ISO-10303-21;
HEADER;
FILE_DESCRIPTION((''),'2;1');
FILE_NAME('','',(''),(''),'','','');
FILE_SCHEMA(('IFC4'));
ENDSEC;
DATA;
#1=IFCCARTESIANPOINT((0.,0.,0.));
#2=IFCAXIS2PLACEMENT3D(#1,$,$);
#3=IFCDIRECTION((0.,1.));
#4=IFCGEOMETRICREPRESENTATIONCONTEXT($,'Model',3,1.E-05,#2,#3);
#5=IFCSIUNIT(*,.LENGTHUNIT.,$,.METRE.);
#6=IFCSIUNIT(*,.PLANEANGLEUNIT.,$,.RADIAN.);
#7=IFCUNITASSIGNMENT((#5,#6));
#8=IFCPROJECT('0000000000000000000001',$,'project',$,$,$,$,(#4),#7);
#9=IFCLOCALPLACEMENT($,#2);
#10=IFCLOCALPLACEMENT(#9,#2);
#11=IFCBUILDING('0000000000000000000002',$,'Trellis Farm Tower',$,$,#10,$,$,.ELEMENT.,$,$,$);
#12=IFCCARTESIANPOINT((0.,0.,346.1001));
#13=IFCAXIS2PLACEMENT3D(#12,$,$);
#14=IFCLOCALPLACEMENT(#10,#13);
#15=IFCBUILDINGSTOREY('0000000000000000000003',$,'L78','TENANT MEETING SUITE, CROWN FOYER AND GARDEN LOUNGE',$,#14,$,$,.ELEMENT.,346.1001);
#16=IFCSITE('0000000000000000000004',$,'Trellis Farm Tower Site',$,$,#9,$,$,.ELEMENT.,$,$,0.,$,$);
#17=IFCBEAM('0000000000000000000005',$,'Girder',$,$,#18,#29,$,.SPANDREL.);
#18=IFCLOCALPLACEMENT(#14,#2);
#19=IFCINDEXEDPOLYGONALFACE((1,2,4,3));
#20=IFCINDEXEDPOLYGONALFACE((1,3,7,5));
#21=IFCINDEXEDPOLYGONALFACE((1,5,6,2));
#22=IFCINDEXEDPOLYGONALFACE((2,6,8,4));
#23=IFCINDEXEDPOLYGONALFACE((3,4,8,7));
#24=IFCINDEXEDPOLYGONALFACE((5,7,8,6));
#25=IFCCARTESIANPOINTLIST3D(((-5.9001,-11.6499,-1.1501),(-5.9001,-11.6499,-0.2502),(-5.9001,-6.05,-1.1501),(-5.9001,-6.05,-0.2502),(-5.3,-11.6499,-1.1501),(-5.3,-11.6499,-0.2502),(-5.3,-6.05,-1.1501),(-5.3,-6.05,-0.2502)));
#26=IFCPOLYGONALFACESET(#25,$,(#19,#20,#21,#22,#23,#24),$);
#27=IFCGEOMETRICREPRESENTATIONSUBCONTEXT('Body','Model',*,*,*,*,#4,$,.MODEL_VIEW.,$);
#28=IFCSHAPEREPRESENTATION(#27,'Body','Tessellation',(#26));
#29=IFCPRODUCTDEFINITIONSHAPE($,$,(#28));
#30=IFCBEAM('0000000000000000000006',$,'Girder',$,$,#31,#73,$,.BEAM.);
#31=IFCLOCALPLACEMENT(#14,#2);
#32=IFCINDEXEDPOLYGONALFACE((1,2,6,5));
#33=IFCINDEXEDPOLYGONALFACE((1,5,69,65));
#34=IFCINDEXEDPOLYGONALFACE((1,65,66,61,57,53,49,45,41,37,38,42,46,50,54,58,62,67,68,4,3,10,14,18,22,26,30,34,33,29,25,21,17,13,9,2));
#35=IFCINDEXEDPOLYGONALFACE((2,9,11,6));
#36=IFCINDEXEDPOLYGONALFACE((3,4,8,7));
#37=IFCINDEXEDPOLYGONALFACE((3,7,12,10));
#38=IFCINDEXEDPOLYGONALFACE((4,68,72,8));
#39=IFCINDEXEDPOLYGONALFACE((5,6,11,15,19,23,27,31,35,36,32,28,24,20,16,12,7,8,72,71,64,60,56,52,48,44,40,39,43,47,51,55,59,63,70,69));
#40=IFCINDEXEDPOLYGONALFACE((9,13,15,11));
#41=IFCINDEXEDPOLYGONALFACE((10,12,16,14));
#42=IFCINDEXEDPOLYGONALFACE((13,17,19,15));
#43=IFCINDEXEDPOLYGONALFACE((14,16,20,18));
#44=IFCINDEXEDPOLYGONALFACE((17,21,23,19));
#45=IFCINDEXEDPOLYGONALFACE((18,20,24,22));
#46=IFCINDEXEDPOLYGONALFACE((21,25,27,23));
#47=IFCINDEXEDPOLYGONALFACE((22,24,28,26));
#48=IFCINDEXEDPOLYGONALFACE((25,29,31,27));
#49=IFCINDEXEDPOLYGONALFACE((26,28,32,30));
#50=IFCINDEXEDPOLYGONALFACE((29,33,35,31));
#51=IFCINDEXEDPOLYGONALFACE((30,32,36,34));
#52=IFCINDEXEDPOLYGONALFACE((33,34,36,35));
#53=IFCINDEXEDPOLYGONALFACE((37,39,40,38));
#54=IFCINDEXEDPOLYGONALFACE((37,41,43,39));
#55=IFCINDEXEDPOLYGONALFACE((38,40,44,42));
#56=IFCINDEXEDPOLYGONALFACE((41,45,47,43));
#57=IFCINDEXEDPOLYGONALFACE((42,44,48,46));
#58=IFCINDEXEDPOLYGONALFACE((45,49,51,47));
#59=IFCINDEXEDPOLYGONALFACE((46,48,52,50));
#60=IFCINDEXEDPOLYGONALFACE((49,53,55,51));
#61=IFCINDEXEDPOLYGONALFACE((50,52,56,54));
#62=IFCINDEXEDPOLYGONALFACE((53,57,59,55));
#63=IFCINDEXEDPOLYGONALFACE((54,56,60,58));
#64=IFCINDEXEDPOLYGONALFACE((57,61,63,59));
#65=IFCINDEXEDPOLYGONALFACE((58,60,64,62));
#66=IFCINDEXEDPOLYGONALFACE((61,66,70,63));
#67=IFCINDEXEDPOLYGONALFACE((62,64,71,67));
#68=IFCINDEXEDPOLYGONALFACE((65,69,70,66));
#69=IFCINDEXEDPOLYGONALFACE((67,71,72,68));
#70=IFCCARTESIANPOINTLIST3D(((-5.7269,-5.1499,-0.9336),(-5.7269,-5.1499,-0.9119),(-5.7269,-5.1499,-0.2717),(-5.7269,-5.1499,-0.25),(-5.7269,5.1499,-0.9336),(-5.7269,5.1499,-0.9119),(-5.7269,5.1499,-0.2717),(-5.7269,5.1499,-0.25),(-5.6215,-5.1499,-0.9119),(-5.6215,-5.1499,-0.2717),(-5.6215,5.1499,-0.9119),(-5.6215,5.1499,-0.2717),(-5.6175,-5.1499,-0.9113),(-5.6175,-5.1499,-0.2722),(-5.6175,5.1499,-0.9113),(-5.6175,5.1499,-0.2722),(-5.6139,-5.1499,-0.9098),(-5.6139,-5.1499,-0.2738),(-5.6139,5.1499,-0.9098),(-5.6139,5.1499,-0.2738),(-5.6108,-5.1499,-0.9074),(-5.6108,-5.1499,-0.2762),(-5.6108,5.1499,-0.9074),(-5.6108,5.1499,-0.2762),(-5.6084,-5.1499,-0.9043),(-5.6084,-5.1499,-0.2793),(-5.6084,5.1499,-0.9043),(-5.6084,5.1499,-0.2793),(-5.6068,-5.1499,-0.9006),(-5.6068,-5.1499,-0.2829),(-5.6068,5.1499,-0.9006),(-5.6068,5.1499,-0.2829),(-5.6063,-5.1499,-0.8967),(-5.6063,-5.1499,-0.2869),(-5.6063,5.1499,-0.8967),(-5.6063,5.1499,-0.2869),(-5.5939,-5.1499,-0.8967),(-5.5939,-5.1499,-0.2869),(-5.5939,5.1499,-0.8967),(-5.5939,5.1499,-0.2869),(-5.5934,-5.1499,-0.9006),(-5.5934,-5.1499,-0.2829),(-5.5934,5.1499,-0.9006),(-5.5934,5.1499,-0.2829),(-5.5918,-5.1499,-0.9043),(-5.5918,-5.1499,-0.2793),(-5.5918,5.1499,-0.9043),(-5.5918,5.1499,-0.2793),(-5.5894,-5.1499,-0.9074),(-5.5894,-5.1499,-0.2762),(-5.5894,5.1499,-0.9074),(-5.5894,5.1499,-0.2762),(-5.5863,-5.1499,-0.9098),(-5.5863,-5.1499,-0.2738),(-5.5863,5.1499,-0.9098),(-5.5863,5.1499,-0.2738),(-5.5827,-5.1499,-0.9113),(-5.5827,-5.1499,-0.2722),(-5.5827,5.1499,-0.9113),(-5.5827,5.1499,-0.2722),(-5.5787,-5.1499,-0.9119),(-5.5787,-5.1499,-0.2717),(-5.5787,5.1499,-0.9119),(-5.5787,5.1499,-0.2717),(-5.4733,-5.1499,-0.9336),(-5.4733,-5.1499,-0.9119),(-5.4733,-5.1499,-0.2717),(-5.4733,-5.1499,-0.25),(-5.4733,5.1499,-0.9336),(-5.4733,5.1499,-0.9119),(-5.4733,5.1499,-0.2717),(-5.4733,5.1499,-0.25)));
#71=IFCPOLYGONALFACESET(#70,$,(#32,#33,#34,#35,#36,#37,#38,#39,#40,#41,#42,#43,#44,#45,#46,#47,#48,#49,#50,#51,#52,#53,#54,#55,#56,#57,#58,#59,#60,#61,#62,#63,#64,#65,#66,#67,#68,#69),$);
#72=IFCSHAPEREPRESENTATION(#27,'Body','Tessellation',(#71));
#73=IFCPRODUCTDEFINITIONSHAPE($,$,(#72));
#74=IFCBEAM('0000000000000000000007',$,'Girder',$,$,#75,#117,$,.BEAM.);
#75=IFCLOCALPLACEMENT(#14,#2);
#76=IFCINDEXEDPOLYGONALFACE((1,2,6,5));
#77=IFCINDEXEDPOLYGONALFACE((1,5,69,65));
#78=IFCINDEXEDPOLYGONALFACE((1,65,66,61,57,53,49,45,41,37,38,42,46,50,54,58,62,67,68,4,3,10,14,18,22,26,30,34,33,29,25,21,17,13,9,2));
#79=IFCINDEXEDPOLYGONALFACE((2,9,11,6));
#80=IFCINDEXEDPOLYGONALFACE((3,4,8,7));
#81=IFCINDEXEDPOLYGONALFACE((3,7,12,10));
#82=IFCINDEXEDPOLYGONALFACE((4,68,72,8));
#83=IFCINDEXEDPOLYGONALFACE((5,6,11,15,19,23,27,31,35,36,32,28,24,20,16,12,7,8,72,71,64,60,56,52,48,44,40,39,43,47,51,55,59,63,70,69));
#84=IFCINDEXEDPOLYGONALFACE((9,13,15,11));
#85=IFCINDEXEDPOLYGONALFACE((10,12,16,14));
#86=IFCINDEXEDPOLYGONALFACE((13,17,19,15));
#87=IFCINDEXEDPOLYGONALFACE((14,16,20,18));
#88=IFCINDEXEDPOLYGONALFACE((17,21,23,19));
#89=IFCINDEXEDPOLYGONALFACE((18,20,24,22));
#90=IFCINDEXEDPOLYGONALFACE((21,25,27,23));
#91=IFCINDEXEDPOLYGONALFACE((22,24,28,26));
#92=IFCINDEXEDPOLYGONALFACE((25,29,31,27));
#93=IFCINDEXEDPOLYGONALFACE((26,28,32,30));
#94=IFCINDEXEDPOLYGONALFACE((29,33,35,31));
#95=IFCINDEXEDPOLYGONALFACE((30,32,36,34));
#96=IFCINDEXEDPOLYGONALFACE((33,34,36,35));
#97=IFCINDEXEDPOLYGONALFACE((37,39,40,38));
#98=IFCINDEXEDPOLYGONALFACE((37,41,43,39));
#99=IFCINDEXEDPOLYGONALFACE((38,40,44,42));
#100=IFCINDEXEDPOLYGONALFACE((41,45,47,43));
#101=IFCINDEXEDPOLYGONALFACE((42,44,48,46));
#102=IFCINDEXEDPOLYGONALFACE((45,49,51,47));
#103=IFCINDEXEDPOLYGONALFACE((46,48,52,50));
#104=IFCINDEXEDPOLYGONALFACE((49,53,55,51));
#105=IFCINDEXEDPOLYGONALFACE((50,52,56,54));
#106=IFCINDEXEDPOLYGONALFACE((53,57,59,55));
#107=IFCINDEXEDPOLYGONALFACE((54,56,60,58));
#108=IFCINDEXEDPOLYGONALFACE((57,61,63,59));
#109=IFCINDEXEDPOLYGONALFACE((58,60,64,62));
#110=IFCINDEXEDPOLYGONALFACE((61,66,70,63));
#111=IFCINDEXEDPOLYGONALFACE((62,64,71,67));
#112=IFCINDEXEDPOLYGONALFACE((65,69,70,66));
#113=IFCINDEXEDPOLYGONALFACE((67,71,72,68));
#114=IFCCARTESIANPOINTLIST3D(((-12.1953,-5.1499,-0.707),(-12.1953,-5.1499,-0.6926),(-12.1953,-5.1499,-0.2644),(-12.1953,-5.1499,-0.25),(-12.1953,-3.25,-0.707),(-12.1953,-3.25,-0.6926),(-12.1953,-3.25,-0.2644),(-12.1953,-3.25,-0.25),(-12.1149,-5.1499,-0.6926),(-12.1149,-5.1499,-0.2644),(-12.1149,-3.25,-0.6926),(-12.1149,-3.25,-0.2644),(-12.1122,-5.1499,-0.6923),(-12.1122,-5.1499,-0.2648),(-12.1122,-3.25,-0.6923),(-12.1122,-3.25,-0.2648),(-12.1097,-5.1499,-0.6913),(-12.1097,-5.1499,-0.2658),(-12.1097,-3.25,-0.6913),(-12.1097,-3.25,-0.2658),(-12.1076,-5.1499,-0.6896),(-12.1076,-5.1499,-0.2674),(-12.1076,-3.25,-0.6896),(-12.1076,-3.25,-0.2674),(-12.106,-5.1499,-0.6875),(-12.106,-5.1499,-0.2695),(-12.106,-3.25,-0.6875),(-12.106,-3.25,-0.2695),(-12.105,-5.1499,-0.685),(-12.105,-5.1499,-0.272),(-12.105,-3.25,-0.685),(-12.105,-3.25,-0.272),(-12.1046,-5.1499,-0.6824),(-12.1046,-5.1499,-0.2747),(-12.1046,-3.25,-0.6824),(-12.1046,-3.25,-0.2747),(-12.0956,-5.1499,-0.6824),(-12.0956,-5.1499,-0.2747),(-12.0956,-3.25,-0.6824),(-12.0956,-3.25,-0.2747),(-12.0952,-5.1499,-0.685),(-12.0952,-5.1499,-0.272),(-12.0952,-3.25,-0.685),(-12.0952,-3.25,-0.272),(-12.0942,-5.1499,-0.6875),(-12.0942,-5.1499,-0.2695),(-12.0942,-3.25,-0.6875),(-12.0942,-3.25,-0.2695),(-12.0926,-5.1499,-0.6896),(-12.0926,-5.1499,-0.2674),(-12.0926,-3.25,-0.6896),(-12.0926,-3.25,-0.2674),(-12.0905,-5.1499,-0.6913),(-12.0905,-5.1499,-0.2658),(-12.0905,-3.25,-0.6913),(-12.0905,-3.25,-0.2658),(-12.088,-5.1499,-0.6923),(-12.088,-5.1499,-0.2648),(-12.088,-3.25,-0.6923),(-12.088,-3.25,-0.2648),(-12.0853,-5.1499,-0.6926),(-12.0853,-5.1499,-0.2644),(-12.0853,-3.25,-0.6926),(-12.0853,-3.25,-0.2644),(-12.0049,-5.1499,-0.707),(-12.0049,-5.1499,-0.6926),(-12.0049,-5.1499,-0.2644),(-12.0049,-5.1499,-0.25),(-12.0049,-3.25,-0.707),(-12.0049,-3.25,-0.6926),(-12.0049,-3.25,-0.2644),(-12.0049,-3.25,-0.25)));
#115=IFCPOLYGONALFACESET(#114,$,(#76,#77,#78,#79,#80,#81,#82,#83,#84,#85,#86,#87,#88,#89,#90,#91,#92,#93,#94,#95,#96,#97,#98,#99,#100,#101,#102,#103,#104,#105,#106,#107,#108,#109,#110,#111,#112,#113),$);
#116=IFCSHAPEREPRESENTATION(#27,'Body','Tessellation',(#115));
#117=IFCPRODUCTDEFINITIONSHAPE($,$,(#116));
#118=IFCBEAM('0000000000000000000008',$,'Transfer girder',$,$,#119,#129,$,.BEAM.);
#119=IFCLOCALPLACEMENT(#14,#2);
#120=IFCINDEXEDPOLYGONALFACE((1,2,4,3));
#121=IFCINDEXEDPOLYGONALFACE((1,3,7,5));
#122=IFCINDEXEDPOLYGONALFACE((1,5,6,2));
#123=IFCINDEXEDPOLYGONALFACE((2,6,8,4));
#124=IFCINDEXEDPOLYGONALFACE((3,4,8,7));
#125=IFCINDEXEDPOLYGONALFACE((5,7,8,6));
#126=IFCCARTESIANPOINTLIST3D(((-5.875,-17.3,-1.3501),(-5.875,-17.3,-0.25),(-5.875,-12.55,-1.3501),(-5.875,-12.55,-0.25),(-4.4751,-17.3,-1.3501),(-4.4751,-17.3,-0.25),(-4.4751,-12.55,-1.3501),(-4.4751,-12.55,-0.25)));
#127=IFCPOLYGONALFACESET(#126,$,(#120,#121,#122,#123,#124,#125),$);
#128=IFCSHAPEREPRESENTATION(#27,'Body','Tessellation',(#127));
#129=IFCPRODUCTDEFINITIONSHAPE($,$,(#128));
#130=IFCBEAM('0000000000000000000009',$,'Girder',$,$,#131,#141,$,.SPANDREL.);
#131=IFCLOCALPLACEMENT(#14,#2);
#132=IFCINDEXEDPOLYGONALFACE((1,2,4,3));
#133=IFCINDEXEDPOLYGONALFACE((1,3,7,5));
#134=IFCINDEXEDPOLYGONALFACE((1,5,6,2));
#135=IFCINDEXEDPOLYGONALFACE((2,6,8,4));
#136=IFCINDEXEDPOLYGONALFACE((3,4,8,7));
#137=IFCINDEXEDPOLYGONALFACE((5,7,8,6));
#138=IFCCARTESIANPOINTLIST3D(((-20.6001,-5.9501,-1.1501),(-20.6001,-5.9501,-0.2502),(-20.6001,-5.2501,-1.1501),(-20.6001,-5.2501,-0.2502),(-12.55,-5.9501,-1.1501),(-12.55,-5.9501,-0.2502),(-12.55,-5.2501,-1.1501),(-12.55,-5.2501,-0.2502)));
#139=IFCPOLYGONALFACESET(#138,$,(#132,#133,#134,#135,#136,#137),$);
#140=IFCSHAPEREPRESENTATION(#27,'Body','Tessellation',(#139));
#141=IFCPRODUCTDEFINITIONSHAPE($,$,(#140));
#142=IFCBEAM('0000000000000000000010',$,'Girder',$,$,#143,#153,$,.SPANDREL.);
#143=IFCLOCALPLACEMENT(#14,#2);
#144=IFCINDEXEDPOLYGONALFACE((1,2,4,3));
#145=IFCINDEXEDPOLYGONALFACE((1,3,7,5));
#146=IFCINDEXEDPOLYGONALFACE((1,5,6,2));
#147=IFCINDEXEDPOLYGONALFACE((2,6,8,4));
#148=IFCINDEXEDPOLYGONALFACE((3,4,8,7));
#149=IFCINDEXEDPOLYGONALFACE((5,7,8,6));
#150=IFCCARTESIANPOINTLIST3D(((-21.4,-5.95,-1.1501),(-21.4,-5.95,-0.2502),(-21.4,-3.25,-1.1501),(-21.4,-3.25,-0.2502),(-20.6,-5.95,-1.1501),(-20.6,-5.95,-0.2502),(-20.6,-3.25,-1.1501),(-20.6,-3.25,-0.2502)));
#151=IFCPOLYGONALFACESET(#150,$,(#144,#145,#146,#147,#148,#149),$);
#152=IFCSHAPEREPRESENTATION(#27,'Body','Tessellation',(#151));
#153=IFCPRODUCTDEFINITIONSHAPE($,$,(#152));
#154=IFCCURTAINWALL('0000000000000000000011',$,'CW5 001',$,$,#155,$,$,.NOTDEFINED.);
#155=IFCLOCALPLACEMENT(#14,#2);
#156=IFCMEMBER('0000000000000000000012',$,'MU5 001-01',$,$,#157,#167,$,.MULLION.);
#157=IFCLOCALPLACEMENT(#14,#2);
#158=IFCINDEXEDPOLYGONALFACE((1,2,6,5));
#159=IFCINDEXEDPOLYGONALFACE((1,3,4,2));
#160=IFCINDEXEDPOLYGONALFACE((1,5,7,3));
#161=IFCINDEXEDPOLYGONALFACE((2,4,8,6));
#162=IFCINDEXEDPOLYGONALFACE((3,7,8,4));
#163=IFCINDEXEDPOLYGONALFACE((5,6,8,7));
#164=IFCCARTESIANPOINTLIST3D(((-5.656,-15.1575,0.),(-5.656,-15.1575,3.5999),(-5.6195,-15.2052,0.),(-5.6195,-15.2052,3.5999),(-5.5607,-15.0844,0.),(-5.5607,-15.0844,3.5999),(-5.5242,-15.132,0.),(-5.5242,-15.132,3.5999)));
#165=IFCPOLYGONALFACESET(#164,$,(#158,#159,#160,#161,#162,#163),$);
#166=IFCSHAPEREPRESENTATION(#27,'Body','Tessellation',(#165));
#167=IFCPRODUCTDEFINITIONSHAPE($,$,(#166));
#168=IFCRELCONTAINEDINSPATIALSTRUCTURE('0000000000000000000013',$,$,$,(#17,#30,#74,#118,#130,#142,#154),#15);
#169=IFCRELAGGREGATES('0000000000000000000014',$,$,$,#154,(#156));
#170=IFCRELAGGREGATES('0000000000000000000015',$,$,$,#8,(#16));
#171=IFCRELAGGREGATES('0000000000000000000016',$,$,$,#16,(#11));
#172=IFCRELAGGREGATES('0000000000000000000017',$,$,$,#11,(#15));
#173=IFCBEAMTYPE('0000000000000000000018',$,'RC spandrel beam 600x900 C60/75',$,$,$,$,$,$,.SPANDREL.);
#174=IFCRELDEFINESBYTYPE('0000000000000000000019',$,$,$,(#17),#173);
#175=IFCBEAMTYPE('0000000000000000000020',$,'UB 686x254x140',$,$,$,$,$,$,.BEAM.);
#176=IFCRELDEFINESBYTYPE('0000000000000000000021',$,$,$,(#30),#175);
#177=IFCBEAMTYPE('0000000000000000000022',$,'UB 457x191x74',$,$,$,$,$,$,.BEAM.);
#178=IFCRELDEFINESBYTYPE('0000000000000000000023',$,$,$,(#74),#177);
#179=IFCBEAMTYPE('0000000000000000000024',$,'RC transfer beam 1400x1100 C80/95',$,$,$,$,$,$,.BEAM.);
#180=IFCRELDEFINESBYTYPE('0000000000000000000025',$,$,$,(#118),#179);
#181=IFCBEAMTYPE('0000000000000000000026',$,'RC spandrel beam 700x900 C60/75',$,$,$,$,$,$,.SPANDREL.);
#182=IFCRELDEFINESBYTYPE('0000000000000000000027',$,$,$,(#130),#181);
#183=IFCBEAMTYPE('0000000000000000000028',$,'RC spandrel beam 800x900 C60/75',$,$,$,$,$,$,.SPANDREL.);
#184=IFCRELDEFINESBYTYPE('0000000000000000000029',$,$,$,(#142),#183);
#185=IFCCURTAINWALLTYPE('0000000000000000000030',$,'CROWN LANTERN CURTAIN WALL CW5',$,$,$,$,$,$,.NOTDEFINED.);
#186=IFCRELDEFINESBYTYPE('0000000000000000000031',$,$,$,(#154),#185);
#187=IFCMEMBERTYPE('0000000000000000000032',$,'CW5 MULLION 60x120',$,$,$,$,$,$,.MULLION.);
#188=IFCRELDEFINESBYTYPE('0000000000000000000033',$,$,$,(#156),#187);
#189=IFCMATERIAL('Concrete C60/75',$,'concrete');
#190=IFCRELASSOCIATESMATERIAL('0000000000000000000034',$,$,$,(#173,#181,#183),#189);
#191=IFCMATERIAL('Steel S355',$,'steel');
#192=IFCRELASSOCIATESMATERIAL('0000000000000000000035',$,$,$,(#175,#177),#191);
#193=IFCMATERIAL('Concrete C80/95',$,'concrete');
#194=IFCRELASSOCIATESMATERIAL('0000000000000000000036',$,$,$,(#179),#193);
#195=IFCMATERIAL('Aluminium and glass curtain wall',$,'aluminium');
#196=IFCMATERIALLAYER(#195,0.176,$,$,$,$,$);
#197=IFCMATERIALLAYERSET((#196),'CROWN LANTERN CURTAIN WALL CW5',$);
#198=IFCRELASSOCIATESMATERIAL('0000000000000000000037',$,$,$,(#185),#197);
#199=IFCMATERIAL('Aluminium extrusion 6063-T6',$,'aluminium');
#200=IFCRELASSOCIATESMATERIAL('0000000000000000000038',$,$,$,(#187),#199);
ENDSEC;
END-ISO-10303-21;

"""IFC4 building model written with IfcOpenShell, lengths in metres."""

from ifc_helpers import new_model, si_unit, direction, frame, origin, origin_2d, place, context, subcontext, project, spatial, rectangle, i_section, extrude, source, transform, mapped, material, layer, layer_set, material_profile, profile_set, type_object, element, aggregate, save


model = new_model("IFC4")

# Units and contexts
model_context = context("Model", 3, precision=1e-05, world=origin(), true_north=direction((0.0, 1.0)))
body_context = subcontext(model_context, "Body", "Model", "MODEL_VIEW")
ifc_project = project(units=[si_unit("LENGTHUNIT", "METRE"), si_unit("PLANEANGLEUNIT", "RADIAN")], contexts=[model_context])

# Site, building, storey
site_placement = place(None, origin())
site = spatial("IfcSite", under=ifc_project, at=site_placement, Name="Trellis Farm Tower Site", CompositionType="ELEMENT", RefElevation=0.0)
building_placement = place(site_placement, origin())
building = spatial("IfcBuilding", under=site, at=building_placement, Name="Trellis Farm Tower", CompositionType="ELEMENT")
storey_placement = place(building_placement, frame((0.0, 0.0, 346.1001)))
storey = spatial("IfcBuildingStorey", under=building, at=storey_placement, Name="L78", Description="TENANT MEETING SUITE, CROWN FOYER AND GARDEN LOUNGE", CompositionType="ELEMENT", Elevation=346.1001)

# Beams
ifc_material_1 = material(Name="Steel S355", Category="steel")
ifc_material_2 = material(Name="Concrete C60/75", Category="concrete")
ifc_material_profile_1 = material_profile(ifc_material_2, rectangle(XDim=0.6001, YDim=0.8999, at=origin_2d()), Name="RC spandrel beam 600x900 C60/75")
ifc_profile_set_1 = profile_set([ifc_material_profile_1], Name="Concrete C60/75")
beam_type_1 = type_object("IfcBeamType", Name="RC spandrel beam 600x900 C60/75", PredefinedType="SPANDREL", material=ifc_profile_set_1)
shared_shape_1 = source(origin(), body_context, "Body", "SweptSolid", [
    extrude(rectangle(XDim=0.6001, YDim=0.8999, at=origin_2d()), origin(), (0.0, 0.0, 1.0), 5.5999),
])
for number, where, z_axis, x_axis, name in (
    (1, (-5.6001, -11.6499, -0.7002), (0.0, 1.0, 0.0), (-1.0, 0.0, 0.0), "Girder"),
):
    element("IfcBeam", number, at=place(storey_placement, frame(where, z_axis=z_axis, x_axis=x_axis)), inside=storey, type_object=beam_type_1, Name=name, PredefinedType="SPANDREL", context=body_context, shape_type="MappedRepresentation", body=[
        mapped(shared_shape_1, transform((0.0, 0.0, 0.0))),
    ])
ifc_material_profile_2 = material_profile(ifc_material_1, i_section(OverallWidth=0.2537, OverallDepth=0.6836, WebThickness=0.0125, FlangeThickness=0.0217, FilletRadius=0.0151, at=origin_2d()), Name="UB 686x254x140")
ifc_profile_set_2 = profile_set([ifc_material_profile_2], Name="Steel S355")
beam_type_2 = type_object("IfcBeamType", Name="UB 686x254x140", PredefinedType="BEAM", material=ifc_profile_set_2)
shared_shape_2 = source(origin(), body_context, "Body", "SweptSolid", [
    extrude(i_section(OverallWidth=0.2537, OverallDepth=0.6836, WebThickness=0.0125, FlangeThickness=0.0217, FilletRadius=0.0151, at=origin_2d()), origin(), (0.0, 0.0, 1.0), 10.2998),
])
beam_1_placement = place(storey_placement, frame((-5.6001, -5.1499, -0.5918), z_axis=(0.0, 1.0, 0.0), x_axis=(-1.0, 0.0, 0.0)))
element("IfcBeam", 2, at=beam_1_placement, inside=storey, type_object=beam_type_2, Name="Girder", PredefinedType="BEAM", context=body_context, shape_type="MappedRepresentation", body=[
    mapped(shared_shape_2, transform((0.0, 0.0, 0.0))),
])
ifc_material_profile_3 = material_profile(ifc_material_1, i_section(OverallWidth=0.1904, OverallDepth=0.457, WebThickness=0.009, FlangeThickness=0.0144, FilletRadius=0.0103, at=origin_2d()), Name="UB 457x191x74")
ifc_profile_set_3 = profile_set([ifc_material_profile_3], Name="Steel S355")
beam_type_3 = type_object("IfcBeamType", Name="UB 457x191x74", PredefinedType="BEAM", material=ifc_profile_set_3)
shared_shape_3 = source(origin(), body_context, "Body", "SweptSolid", [
    extrude(i_section(OverallWidth=0.1904, OverallDepth=0.457, WebThickness=0.009, FlangeThickness=0.0144, FilletRadius=0.0103, at=origin_2d()), origin(), (0.0, 0.0, 1.0), 1.8999),
])
beam_2_placement = place(storey_placement, frame((-12.1001, -5.1499, -0.4785), z_axis=(0.0, 1.0, 0.0), x_axis=(-1.0, 0.0, 0.0)))
element("IfcBeam", 3, at=beam_2_placement, inside=storey, type_object=beam_type_3, Name="Girder", PredefinedType="BEAM", context=body_context, shape_type="MappedRepresentation", body=[
    mapped(shared_shape_3, transform((0.0, 0.0, 0.0))),
])
ifc_material_3 = material(Name="Concrete C80/95", Category="concrete")
ifc_material_profile_4 = material_profile(ifc_material_3, rectangle(XDim=1.3999, YDim=1.1001, at=origin_2d()), Name="RC transfer beam 1400x1100 C80/95")
ifc_profile_set_4 = profile_set([ifc_material_profile_4], Name="Concrete C80/95")
beam_type_4 = type_object("IfcBeamType", Name="RC transfer beam 1400x1100 C80/95", PredefinedType="BEAM", material=ifc_profile_set_4)
shared_shape_4 = source(origin(), body_context, "Body", "SweptSolid", [
    extrude(rectangle(XDim=1.3999, YDim=1.1001, at=origin_2d()), origin(), (0.0, 0.0, 1.0), 4.75),
])
beam_3_placement = place(storey_placement, frame((-5.175, -17.3, -0.8), z_axis=(0.0, 1.0, 0.0), x_axis=(-1.0, 0.0, 0.0)))
element("IfcBeam", 4, at=beam_3_placement, inside=storey, type_object=beam_type_4, Name="Transfer girder", PredefinedType="BEAM", context=body_context, shape_type="MappedRepresentation", body=[
    mapped(shared_shape_4, transform((0.0, 0.0, 0.0))),
])
ifc_material_profile_5 = material_profile(ifc_material_2, rectangle(XDim=0.7, YDim=0.8999, at=origin_2d()), Name="RC spandrel beam 700x900 C60/75")
ifc_profile_set_5 = profile_set([ifc_material_profile_5], Name="Concrete C60/75")
beam_type_5 = type_object("IfcBeamType", Name="RC spandrel beam 700x900 C60/75", PredefinedType="SPANDREL", material=ifc_profile_set_5)
shared_shape_5 = source(origin(), body_context, "Body", "SweptSolid", [
    extrude(rectangle(XDim=0.7, YDim=0.8999, at=origin_2d()), origin(), (0.0, 0.0, 1.0), 8.05),
])
beam_4_placement = place(storey_placement, frame((-20.6001, -5.6001, -0.7002), z_axis=(1.0, 0.0, 0.0), x_axis=(0.0, 1.0, 0.0)))
element("IfcBeam", 5, at=beam_4_placement, inside=storey, type_object=beam_type_5, Name="Girder", PredefinedType="SPANDREL", context=body_context, shape_type="MappedRepresentation", body=[
    mapped(shared_shape_5, transform((0.0, 0.0, 0.0))),
])
ifc_material_profile_6 = material_profile(ifc_material_2, rectangle(XDim=0.8, YDim=0.8999, at=origin_2d()), Name="RC spandrel beam 800x900 C60/75")
ifc_profile_set_6 = profile_set([ifc_material_profile_6], Name="Concrete C60/75")
beam_type_6 = type_object("IfcBeamType", Name="RC spandrel beam 800x900 C60/75", PredefinedType="SPANDREL", material=ifc_profile_set_6)
shared_shape_6 = source(origin(), body_context, "Body", "SweptSolid", [
    extrude(rectangle(XDim=0.8, YDim=0.8999, at=origin_2d()), origin(), (0.0, 0.0, 1.0), 2.7),
])
beam_5_placement = place(storey_placement, frame((-21.0, -5.95, -0.7002), z_axis=(0.0, 1.0, 0.0), x_axis=(-1.0, 0.0, 0.0)))
element("IfcBeam", 6, at=beam_5_placement, inside=storey, type_object=beam_type_6, Name="Girder", PredefinedType="SPANDREL", context=body_context, shape_type="MappedRepresentation", body=[
    mapped(shared_shape_6, transform((0.0, 0.0, 0.0))),
])

# Curtain wall, member
ifc_material_4 = material(Name="Aluminium and glass curtain wall", Category="aluminium")
ifc_layer_1 = layer(ifc_material_4, 0.176)
ifc_layer_set_1 = layer_set([ifc_layer_1], Name="CROWN LANTERN CURTAIN WALL CW5")
curtain_wall_type = type_object("IfcCurtainWallType", Name="CROWN LANTERN CURTAIN WALL CW5", PredefinedType="NOTDEFINED", material=ifc_layer_set_1)
placement = place(storey_placement, origin())
curtain_wall_1 = element("IfcCurtainWall", 7, at=placement, inside=storey, type_object=curtain_wall_type, Name="CW5 001", PredefinedType="NOTDEFINED")
ifc_material_5 = material(Name="Aluminium extrusion 6063-T6", Category="aluminium")
ifc_material_profile_7 = material_profile(ifc_material_5, rectangle(XDim=0.0601, YDim=0.1201, at=origin_2d()), Name="MULLION 60x120")
ifc_profile_set_7 = profile_set([ifc_material_profile_7], Name="Aluminium extrusion 6063-T6")
member_type = type_object("IfcMemberType", Name="CW5 MULLION 60x120", PredefinedType="MULLION", material=ifc_profile_set_7)
shared_shape_7 = source(origin(), body_context, "Body", "SweptSolid", [
    extrude(rectangle(XDim=0.0601, YDim=0.1201, at=origin_2d()), origin(), (0.0, 0.0, 1.0), 3.5999),
])
member_1_placement = place(storey_placement, frame((-5.5901, -15.1448, 0.0), z_axis=(0.0, 0.0, 1.0), x_axis=(0.608761, -0.793353, 0.0)))
member_1 = element("IfcMember", 8, at=member_1_placement, type_object=member_type, Name="MU5 001-01", PredefinedType="MULLION", context=body_context, shape_type="MappedRepresentation", body=[
    mapped(shared_shape_7, transform((0.0, 0.0, 0.0))),
])
aggregate(curtain_wall_1, [member_1])

save(model, "model.ifc")
